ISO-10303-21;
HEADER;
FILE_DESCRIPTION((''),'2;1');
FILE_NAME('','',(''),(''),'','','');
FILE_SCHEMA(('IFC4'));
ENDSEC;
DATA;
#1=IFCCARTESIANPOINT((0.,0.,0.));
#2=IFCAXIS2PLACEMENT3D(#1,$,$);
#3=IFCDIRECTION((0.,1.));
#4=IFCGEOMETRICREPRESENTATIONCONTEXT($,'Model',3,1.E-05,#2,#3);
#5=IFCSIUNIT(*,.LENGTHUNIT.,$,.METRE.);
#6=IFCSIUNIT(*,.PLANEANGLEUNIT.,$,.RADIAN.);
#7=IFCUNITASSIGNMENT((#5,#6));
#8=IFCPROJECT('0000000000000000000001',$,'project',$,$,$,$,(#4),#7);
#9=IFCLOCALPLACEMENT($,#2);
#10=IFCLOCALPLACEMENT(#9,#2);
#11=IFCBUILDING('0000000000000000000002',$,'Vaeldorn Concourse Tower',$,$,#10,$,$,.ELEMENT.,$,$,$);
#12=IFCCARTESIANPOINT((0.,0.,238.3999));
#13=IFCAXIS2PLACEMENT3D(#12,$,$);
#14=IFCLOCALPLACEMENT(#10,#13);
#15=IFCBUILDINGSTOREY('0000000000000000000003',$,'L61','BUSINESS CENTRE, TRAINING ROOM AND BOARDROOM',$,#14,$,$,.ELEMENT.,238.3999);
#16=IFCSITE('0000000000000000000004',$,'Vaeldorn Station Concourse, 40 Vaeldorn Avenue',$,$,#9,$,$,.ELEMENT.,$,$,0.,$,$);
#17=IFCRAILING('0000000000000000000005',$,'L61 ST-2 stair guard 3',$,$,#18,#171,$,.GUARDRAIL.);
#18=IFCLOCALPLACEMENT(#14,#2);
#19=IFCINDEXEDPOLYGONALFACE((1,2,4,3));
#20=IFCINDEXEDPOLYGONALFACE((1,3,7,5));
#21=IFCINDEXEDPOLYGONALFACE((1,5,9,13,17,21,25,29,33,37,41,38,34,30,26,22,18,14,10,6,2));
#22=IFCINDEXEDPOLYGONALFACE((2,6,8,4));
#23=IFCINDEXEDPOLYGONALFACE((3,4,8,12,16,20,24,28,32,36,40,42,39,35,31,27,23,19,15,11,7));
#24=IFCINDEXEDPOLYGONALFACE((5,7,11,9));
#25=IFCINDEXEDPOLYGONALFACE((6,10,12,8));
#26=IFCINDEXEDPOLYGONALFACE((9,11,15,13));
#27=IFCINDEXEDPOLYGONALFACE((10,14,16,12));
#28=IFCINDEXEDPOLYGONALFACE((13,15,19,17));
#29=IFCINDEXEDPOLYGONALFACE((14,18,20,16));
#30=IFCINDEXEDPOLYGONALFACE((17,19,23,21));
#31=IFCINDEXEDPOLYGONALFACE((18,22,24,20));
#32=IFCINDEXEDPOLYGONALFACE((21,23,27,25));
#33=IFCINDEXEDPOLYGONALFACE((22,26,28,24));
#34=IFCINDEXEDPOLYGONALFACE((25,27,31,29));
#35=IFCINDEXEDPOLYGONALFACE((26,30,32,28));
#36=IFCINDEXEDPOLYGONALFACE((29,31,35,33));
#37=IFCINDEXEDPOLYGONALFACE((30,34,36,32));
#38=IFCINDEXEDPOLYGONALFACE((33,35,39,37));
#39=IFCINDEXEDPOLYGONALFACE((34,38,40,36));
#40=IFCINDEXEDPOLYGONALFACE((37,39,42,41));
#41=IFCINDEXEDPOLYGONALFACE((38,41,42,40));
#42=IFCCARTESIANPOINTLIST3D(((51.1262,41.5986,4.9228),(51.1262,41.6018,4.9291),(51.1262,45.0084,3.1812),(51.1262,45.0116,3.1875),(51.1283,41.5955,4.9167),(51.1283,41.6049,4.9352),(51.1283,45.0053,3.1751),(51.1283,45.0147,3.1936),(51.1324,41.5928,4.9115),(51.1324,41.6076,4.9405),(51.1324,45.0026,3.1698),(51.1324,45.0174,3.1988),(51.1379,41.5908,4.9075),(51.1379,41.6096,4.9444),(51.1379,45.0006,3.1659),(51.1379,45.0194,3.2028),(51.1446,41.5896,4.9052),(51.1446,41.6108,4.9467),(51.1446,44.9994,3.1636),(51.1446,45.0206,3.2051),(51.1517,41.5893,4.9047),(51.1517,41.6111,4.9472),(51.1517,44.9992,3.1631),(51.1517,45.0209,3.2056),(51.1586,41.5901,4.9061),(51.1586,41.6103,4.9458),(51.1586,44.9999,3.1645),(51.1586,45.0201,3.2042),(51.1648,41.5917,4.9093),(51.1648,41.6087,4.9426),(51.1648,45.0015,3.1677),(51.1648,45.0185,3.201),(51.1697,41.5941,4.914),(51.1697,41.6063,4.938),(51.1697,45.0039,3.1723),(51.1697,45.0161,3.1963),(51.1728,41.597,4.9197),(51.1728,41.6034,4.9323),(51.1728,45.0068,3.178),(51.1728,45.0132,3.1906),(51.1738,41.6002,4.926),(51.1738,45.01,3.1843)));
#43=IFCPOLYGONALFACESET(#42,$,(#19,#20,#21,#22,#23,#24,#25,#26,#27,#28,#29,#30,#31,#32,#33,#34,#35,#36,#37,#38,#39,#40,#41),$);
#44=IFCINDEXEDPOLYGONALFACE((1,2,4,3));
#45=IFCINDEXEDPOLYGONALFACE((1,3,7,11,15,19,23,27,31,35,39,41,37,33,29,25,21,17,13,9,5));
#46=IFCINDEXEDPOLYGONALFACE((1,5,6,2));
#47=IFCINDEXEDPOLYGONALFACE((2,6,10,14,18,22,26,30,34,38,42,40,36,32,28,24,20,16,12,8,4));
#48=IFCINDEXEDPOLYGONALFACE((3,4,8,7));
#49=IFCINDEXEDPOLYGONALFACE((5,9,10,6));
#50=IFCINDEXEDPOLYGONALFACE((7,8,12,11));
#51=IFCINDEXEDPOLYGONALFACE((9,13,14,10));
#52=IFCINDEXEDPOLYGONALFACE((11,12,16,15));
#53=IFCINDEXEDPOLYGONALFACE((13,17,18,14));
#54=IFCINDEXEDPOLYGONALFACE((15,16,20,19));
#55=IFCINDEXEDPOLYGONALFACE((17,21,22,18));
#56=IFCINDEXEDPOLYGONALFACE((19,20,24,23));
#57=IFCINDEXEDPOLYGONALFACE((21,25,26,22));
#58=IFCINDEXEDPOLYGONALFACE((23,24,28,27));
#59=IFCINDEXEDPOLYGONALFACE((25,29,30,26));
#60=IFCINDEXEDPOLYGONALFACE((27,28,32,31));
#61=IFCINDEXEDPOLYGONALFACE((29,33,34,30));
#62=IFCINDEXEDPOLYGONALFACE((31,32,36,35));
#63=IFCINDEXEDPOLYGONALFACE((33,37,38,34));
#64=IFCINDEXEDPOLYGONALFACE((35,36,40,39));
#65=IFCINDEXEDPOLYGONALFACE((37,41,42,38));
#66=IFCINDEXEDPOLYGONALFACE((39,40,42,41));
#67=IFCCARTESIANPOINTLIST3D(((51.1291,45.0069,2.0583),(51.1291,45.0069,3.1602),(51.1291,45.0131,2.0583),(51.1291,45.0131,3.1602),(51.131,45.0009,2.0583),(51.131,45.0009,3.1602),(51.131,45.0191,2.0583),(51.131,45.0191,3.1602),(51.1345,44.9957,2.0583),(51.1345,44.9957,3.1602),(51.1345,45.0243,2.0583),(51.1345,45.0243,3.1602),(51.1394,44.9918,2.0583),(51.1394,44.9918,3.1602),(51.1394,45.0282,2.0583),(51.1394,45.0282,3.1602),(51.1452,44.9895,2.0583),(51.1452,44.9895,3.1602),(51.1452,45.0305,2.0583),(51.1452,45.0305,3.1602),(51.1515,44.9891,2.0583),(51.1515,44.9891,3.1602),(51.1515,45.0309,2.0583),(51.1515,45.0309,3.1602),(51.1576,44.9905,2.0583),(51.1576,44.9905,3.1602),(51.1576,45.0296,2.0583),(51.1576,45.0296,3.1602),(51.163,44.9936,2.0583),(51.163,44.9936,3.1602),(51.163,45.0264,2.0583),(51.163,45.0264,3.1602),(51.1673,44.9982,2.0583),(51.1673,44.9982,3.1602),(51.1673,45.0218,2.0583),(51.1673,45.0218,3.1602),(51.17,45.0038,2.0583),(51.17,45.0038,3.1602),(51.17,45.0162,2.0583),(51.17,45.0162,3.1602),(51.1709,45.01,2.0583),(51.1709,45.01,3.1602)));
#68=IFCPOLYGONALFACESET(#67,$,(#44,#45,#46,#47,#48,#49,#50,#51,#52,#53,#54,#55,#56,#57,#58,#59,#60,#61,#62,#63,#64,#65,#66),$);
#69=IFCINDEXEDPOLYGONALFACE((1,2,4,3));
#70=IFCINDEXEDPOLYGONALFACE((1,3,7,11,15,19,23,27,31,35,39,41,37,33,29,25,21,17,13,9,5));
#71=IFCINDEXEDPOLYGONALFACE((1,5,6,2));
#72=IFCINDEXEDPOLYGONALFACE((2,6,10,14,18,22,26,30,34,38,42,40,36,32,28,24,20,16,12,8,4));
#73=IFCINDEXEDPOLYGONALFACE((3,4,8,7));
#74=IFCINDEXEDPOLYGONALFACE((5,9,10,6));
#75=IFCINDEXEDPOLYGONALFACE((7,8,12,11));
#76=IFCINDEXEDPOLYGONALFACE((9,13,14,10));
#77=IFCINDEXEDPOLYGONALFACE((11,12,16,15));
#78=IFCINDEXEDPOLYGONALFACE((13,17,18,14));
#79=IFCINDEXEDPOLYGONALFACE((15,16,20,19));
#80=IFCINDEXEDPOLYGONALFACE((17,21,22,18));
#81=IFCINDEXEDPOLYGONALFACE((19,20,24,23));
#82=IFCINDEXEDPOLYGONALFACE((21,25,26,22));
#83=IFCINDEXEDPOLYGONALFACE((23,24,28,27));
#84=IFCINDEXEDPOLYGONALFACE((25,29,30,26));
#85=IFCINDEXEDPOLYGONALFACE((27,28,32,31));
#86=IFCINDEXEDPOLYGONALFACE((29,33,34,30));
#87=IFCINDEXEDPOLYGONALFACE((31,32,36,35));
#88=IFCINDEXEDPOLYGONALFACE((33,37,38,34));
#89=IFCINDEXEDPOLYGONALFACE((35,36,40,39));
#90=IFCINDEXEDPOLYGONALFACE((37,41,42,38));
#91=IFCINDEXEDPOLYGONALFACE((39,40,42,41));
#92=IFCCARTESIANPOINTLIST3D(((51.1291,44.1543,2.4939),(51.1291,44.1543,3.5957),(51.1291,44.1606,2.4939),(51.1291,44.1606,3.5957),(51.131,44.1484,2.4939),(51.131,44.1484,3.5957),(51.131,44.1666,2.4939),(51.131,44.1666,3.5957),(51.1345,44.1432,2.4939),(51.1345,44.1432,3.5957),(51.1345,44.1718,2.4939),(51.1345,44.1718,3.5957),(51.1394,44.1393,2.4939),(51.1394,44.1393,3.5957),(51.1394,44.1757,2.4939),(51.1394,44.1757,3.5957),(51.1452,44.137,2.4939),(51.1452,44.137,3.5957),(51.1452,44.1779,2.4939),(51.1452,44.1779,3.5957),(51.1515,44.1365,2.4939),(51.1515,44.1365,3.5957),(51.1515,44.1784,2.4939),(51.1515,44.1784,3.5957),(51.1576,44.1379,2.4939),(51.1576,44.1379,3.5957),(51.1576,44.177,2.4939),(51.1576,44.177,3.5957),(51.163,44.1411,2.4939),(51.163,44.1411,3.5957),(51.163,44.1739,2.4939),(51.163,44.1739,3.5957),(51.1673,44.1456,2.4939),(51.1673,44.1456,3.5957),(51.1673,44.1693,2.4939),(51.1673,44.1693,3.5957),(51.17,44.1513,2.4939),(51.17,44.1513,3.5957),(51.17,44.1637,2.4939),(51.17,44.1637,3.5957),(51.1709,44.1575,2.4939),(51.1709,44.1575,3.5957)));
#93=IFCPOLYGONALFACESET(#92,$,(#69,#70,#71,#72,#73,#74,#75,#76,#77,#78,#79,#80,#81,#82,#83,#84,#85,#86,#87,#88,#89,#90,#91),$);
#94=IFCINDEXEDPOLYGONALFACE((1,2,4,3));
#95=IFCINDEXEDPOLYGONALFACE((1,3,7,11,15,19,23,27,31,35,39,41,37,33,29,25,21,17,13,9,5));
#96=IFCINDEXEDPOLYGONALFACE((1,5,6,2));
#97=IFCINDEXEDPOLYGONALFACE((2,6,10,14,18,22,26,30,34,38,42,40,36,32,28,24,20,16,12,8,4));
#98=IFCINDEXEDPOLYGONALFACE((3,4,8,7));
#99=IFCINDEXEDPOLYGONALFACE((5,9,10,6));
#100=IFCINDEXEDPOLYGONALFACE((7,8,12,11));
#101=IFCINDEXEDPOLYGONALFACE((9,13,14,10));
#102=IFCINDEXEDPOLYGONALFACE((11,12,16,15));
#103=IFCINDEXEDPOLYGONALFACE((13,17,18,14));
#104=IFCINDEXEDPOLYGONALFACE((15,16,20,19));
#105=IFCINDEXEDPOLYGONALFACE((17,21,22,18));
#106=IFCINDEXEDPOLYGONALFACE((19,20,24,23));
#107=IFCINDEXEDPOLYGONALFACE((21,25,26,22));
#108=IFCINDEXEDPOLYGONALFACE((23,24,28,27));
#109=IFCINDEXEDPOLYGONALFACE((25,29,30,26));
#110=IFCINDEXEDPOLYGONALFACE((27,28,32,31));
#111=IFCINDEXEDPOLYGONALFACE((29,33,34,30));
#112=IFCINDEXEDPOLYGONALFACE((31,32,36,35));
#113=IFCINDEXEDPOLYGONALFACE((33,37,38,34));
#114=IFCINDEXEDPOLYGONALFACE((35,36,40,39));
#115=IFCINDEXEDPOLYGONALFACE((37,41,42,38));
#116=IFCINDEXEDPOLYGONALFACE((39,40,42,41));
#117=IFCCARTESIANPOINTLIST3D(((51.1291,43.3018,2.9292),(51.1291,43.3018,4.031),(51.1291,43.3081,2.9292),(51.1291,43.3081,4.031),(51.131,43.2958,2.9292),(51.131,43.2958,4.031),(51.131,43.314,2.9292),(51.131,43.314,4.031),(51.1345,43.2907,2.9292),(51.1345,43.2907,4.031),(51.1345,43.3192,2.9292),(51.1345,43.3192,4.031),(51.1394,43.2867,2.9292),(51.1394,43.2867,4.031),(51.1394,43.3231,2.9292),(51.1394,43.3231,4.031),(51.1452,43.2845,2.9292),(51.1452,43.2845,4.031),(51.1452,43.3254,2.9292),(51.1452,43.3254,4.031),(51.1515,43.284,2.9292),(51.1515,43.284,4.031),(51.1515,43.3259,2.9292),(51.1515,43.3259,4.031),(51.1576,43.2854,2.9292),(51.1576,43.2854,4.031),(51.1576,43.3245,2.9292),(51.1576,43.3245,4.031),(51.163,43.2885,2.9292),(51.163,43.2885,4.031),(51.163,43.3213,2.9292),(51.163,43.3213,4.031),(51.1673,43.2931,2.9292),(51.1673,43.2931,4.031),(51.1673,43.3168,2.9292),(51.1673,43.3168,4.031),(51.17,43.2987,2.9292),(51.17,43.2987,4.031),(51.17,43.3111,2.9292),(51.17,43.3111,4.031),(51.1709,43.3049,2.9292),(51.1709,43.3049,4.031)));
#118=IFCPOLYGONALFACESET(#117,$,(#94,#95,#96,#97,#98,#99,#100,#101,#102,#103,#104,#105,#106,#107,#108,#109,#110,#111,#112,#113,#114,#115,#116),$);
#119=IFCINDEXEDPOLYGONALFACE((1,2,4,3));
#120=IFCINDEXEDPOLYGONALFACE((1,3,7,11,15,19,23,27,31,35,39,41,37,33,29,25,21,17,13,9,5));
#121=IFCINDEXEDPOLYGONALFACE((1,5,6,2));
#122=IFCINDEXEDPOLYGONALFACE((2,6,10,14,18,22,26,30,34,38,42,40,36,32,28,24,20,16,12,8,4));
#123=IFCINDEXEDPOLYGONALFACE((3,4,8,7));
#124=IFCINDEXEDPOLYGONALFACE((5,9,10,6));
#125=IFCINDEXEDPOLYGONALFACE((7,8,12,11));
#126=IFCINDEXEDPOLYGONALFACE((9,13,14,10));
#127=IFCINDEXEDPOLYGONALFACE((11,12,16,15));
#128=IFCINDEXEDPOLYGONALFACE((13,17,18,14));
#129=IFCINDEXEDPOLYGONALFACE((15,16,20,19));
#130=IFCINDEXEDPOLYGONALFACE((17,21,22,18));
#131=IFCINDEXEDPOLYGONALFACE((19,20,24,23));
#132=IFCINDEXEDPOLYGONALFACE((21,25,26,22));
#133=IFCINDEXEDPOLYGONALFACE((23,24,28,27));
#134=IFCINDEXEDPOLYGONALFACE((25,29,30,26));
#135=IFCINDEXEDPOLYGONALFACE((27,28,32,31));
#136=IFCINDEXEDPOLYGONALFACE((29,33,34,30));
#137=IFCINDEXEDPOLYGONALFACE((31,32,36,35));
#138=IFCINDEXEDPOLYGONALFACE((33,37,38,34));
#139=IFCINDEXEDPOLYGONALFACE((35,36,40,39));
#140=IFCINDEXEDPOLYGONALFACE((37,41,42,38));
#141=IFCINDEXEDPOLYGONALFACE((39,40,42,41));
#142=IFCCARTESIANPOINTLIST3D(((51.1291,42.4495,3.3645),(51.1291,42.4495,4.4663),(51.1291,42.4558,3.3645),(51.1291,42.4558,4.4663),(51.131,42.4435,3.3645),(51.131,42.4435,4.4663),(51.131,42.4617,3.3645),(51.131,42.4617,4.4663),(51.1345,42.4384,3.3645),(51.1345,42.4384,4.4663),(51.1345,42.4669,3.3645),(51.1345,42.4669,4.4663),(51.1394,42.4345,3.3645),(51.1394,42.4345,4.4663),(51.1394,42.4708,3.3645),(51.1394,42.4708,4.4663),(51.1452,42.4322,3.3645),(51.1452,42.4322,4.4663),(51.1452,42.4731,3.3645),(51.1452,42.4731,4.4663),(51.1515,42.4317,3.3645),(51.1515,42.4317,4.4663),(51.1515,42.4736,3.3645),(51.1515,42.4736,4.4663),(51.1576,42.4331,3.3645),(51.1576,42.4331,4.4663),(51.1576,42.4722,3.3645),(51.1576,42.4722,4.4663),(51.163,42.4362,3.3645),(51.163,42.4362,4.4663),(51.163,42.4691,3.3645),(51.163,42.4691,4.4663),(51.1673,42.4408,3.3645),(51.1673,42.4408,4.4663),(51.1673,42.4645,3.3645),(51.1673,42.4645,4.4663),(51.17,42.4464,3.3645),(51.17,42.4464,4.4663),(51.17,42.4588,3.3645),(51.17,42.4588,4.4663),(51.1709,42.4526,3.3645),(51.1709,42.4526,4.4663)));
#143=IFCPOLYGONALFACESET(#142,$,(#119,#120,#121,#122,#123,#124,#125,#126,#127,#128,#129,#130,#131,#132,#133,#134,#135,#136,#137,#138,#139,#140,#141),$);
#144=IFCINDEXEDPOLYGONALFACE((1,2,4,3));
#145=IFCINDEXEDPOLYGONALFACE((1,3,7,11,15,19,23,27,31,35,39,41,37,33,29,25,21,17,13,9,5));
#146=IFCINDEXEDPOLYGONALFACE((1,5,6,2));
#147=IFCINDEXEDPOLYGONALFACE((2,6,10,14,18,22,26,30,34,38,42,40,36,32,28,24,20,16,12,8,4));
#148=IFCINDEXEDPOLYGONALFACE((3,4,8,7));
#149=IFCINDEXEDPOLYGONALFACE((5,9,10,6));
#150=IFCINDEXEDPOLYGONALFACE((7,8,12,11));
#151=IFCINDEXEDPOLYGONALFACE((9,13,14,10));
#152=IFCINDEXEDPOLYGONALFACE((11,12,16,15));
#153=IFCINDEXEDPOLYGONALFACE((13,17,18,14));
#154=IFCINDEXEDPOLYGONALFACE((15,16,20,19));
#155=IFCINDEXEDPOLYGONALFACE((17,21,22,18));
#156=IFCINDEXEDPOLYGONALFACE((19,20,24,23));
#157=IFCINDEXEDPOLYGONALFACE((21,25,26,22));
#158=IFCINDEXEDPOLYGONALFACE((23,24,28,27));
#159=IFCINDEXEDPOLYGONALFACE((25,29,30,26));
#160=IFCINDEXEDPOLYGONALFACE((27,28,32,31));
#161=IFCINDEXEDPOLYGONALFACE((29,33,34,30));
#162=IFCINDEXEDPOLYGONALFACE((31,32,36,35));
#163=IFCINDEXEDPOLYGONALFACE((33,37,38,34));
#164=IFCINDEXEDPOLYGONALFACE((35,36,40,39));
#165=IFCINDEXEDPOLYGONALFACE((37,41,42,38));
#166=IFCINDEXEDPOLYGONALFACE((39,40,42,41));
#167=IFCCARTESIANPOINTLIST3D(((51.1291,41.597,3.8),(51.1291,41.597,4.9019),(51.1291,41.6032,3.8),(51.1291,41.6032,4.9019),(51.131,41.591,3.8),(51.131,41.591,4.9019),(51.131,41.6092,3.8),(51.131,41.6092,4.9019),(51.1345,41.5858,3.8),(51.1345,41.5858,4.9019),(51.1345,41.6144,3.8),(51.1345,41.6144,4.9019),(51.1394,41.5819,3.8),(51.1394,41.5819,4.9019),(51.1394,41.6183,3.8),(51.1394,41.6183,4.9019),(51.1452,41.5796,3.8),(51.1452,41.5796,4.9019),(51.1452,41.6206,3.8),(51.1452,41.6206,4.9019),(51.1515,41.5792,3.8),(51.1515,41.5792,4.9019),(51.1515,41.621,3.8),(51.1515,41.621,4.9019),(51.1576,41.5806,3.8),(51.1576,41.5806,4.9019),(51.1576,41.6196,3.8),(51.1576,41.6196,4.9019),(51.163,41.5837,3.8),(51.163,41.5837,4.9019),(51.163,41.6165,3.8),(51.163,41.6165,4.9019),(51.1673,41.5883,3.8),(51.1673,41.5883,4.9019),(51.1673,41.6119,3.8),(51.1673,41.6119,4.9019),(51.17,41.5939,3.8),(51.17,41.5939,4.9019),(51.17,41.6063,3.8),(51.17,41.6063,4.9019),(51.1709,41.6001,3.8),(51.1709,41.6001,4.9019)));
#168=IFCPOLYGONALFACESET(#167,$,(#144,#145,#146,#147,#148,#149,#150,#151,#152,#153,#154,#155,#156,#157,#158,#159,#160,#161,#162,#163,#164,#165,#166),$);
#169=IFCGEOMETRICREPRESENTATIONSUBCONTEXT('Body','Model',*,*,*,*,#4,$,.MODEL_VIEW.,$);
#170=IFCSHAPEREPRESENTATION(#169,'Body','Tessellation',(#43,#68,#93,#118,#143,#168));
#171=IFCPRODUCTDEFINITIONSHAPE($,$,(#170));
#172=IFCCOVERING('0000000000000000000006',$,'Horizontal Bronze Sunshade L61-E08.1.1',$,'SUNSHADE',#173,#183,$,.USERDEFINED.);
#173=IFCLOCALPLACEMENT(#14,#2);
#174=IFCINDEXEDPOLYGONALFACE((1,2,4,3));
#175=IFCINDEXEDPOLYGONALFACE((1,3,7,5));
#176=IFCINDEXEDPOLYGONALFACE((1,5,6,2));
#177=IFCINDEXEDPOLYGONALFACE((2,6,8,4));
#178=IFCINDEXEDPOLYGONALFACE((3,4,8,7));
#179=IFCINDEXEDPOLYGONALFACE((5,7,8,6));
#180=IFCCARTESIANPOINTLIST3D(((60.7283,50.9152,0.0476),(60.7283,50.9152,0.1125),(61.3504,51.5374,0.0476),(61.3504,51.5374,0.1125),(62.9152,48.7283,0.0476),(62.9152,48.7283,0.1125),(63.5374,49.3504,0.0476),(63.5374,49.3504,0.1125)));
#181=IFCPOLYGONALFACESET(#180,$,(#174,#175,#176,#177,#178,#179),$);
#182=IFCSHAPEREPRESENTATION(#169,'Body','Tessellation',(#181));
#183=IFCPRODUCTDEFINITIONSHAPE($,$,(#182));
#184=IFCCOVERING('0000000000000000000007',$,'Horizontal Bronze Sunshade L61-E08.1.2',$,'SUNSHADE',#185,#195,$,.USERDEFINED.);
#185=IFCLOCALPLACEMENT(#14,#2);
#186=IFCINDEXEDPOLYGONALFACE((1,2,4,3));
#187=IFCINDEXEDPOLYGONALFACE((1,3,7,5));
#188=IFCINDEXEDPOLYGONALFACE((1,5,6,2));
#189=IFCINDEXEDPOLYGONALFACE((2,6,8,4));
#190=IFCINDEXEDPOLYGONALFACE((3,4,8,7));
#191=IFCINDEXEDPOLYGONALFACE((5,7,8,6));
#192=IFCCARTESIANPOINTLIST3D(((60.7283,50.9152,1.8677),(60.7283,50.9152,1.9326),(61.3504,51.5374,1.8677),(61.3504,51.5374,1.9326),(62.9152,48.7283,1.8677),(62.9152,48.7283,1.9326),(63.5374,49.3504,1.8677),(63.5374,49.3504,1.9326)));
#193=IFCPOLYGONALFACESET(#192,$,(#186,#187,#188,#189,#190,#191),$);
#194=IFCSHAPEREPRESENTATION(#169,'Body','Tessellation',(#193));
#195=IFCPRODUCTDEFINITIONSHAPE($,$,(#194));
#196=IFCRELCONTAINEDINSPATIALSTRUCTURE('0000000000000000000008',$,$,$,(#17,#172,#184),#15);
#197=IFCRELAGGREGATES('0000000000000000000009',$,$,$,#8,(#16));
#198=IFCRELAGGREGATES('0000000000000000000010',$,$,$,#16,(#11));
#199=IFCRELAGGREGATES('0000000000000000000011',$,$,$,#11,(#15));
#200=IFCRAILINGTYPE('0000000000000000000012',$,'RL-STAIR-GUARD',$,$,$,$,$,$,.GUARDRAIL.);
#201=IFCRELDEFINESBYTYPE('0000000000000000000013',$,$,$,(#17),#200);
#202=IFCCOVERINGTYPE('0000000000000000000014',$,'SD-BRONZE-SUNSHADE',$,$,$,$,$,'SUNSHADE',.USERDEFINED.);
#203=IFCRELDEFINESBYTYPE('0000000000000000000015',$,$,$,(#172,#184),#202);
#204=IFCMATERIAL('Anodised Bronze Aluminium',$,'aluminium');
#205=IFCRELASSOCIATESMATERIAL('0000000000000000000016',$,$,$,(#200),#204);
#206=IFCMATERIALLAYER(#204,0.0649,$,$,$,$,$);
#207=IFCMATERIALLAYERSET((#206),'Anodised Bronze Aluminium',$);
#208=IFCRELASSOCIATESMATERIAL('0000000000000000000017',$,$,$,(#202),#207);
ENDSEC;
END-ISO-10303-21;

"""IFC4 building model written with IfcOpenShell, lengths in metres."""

from ifc_helpers import new_model, si_unit, direction, frame, origin, origin_2d, place, context, subcontext, project, spatial, rectangle, circle, extrude, source, transform, mapped, material, layer, layer_set, type_object, element, save


model = new_model("IFC4")

# Units and contexts
model_context = context("Model", 3, precision=1e-05, world=origin(), true_north=direction((0.0, 1.0)))
body_context = subcontext(model_context, "Body", "Model", "MODEL_VIEW")
ifc_project = project(units=[si_unit("LENGTHUNIT", "METRE"), si_unit("PLANEANGLEUNIT", "RADIAN")], contexts=[model_context])

# Site, building, storey
site_placement = place(None, origin())
site = spatial("IfcSite", under=ifc_project, at=site_placement, Name="Vaeldorn Station Concourse, 40 Vaeldorn Avenue", CompositionType="ELEMENT", RefElevation=0.0)
building_placement = place(site_placement, origin())
building = spatial("IfcBuilding", under=site, at=building_placement, Name="Vaeldorn Concourse Tower", CompositionType="ELEMENT")
storey_placement = place(building_placement, frame((0.0, 0.0, 238.3999)))
storey = spatial("IfcBuildingStorey", under=building, at=storey_placement, Name="L61", Description="BUSINESS CENTRE, TRAINING ROOM AND BOARDROOM", CompositionType="ELEMENT", Elevation=238.3999)

# Shared definitions
ifc_material_1 = material(Name="Anodised Bronze Aluminium", Category="aluminium")

# Railing
railing_type = type_object("IfcRailingType", Name="RL-STAIR-GUARD", PredefinedType="GUARDRAIL", material=ifc_material_1)
railing_1_placement = place(storey_placement, frame((51.1499, 45.01, 2.0583)))
element("IfcRailing", 1, at=railing_1_placement, inside=storey, type_object=railing_type, Name="L61 ST-2 stair guard 3", PredefinedType="GUARDRAIL", context=body_context, shape_type="SweptSolid", body=[
    extrude(circle(Radius=0.0239, at=origin_2d()), frame((0.0, 0.0, 1.126), z_axis=(0.0, -0.890556, 0.454874), x_axis=(1.0, 0.0, 0.0)), (0.0, 0.0, 1.0), 3.8289),
    extrude(circle(Radius=0.021, at=origin_2d()), origin(), (0.0, 0.0, 1.0), 1.1018),
    extrude(circle(Radius=0.021, at=origin_2d()), frame((0.0, -0.8525, 0.4355)), (0.0, 0.0, 1.0), 1.1018),
    extrude(circle(Radius=0.021, at=origin_2d()), frame((0.0, -1.7051, 0.8708)), (0.0, 0.0, 1.0), 1.1018),
    extrude(circle(Radius=0.021, at=origin_2d()), frame((0.0, -2.5574, 1.3062)), (0.0, 0.0, 1.0), 1.1018),
    extrude(circle(Radius=0.021, at=origin_2d()), frame((0.0, -3.4099, 1.7417)), (0.0, 0.0, 1.0), 1.1018),
])

# Coverings
ifc_layer_1 = layer(ifc_material_1, 0.0649)
ifc_layer_set_1 = layer_set([ifc_layer_1], Name="Anodised Bronze Aluminium")
covering_type = type_object("IfcCoveringType", Name="SD-BRONZE-SUNSHADE", ElementType="SUNSHADE", PredefinedType="USERDEFINED", material=ifc_layer_set_1)
shared_shape_1 = source(origin(), body_context, "Body", "SweptSolid", [
    extrude(rectangle(XDim=3.0928, YDim=0.8799, at=origin_2d()), origin(), (0.0, 0.0, 1.0), 0.0649),
])
for number, where, z_axis, x_axis, name in (
    (2, (62.1328, 50.1328, 0.0476), (0.0, 0.0, 1.0), (-0.707107, 0.707107, 0.0), "Horizontal Bronze Sunshade L61-E08.1.1"),
    (3, (62.1328, 50.1328, 1.8677), (0.0, 0.0, 1.0), (-0.707107, 0.707107, 0.0), "Horizontal Bronze Sunshade L61-E08.1.2"),
):
    element("IfcCovering", number, at=place(storey_placement, frame(where, z_axis=z_axis, x_axis=x_axis)), inside=storey, type_object=covering_type, Name=name, ObjectType="SUNSHADE", PredefinedType="USERDEFINED", context=body_context, shape_type="MappedRepresentation", body=[
        mapped(shared_shape_1, transform((0.0, 0.0, 0.0), scale=1.0)),
    ])

save(model, "model.ifc")
